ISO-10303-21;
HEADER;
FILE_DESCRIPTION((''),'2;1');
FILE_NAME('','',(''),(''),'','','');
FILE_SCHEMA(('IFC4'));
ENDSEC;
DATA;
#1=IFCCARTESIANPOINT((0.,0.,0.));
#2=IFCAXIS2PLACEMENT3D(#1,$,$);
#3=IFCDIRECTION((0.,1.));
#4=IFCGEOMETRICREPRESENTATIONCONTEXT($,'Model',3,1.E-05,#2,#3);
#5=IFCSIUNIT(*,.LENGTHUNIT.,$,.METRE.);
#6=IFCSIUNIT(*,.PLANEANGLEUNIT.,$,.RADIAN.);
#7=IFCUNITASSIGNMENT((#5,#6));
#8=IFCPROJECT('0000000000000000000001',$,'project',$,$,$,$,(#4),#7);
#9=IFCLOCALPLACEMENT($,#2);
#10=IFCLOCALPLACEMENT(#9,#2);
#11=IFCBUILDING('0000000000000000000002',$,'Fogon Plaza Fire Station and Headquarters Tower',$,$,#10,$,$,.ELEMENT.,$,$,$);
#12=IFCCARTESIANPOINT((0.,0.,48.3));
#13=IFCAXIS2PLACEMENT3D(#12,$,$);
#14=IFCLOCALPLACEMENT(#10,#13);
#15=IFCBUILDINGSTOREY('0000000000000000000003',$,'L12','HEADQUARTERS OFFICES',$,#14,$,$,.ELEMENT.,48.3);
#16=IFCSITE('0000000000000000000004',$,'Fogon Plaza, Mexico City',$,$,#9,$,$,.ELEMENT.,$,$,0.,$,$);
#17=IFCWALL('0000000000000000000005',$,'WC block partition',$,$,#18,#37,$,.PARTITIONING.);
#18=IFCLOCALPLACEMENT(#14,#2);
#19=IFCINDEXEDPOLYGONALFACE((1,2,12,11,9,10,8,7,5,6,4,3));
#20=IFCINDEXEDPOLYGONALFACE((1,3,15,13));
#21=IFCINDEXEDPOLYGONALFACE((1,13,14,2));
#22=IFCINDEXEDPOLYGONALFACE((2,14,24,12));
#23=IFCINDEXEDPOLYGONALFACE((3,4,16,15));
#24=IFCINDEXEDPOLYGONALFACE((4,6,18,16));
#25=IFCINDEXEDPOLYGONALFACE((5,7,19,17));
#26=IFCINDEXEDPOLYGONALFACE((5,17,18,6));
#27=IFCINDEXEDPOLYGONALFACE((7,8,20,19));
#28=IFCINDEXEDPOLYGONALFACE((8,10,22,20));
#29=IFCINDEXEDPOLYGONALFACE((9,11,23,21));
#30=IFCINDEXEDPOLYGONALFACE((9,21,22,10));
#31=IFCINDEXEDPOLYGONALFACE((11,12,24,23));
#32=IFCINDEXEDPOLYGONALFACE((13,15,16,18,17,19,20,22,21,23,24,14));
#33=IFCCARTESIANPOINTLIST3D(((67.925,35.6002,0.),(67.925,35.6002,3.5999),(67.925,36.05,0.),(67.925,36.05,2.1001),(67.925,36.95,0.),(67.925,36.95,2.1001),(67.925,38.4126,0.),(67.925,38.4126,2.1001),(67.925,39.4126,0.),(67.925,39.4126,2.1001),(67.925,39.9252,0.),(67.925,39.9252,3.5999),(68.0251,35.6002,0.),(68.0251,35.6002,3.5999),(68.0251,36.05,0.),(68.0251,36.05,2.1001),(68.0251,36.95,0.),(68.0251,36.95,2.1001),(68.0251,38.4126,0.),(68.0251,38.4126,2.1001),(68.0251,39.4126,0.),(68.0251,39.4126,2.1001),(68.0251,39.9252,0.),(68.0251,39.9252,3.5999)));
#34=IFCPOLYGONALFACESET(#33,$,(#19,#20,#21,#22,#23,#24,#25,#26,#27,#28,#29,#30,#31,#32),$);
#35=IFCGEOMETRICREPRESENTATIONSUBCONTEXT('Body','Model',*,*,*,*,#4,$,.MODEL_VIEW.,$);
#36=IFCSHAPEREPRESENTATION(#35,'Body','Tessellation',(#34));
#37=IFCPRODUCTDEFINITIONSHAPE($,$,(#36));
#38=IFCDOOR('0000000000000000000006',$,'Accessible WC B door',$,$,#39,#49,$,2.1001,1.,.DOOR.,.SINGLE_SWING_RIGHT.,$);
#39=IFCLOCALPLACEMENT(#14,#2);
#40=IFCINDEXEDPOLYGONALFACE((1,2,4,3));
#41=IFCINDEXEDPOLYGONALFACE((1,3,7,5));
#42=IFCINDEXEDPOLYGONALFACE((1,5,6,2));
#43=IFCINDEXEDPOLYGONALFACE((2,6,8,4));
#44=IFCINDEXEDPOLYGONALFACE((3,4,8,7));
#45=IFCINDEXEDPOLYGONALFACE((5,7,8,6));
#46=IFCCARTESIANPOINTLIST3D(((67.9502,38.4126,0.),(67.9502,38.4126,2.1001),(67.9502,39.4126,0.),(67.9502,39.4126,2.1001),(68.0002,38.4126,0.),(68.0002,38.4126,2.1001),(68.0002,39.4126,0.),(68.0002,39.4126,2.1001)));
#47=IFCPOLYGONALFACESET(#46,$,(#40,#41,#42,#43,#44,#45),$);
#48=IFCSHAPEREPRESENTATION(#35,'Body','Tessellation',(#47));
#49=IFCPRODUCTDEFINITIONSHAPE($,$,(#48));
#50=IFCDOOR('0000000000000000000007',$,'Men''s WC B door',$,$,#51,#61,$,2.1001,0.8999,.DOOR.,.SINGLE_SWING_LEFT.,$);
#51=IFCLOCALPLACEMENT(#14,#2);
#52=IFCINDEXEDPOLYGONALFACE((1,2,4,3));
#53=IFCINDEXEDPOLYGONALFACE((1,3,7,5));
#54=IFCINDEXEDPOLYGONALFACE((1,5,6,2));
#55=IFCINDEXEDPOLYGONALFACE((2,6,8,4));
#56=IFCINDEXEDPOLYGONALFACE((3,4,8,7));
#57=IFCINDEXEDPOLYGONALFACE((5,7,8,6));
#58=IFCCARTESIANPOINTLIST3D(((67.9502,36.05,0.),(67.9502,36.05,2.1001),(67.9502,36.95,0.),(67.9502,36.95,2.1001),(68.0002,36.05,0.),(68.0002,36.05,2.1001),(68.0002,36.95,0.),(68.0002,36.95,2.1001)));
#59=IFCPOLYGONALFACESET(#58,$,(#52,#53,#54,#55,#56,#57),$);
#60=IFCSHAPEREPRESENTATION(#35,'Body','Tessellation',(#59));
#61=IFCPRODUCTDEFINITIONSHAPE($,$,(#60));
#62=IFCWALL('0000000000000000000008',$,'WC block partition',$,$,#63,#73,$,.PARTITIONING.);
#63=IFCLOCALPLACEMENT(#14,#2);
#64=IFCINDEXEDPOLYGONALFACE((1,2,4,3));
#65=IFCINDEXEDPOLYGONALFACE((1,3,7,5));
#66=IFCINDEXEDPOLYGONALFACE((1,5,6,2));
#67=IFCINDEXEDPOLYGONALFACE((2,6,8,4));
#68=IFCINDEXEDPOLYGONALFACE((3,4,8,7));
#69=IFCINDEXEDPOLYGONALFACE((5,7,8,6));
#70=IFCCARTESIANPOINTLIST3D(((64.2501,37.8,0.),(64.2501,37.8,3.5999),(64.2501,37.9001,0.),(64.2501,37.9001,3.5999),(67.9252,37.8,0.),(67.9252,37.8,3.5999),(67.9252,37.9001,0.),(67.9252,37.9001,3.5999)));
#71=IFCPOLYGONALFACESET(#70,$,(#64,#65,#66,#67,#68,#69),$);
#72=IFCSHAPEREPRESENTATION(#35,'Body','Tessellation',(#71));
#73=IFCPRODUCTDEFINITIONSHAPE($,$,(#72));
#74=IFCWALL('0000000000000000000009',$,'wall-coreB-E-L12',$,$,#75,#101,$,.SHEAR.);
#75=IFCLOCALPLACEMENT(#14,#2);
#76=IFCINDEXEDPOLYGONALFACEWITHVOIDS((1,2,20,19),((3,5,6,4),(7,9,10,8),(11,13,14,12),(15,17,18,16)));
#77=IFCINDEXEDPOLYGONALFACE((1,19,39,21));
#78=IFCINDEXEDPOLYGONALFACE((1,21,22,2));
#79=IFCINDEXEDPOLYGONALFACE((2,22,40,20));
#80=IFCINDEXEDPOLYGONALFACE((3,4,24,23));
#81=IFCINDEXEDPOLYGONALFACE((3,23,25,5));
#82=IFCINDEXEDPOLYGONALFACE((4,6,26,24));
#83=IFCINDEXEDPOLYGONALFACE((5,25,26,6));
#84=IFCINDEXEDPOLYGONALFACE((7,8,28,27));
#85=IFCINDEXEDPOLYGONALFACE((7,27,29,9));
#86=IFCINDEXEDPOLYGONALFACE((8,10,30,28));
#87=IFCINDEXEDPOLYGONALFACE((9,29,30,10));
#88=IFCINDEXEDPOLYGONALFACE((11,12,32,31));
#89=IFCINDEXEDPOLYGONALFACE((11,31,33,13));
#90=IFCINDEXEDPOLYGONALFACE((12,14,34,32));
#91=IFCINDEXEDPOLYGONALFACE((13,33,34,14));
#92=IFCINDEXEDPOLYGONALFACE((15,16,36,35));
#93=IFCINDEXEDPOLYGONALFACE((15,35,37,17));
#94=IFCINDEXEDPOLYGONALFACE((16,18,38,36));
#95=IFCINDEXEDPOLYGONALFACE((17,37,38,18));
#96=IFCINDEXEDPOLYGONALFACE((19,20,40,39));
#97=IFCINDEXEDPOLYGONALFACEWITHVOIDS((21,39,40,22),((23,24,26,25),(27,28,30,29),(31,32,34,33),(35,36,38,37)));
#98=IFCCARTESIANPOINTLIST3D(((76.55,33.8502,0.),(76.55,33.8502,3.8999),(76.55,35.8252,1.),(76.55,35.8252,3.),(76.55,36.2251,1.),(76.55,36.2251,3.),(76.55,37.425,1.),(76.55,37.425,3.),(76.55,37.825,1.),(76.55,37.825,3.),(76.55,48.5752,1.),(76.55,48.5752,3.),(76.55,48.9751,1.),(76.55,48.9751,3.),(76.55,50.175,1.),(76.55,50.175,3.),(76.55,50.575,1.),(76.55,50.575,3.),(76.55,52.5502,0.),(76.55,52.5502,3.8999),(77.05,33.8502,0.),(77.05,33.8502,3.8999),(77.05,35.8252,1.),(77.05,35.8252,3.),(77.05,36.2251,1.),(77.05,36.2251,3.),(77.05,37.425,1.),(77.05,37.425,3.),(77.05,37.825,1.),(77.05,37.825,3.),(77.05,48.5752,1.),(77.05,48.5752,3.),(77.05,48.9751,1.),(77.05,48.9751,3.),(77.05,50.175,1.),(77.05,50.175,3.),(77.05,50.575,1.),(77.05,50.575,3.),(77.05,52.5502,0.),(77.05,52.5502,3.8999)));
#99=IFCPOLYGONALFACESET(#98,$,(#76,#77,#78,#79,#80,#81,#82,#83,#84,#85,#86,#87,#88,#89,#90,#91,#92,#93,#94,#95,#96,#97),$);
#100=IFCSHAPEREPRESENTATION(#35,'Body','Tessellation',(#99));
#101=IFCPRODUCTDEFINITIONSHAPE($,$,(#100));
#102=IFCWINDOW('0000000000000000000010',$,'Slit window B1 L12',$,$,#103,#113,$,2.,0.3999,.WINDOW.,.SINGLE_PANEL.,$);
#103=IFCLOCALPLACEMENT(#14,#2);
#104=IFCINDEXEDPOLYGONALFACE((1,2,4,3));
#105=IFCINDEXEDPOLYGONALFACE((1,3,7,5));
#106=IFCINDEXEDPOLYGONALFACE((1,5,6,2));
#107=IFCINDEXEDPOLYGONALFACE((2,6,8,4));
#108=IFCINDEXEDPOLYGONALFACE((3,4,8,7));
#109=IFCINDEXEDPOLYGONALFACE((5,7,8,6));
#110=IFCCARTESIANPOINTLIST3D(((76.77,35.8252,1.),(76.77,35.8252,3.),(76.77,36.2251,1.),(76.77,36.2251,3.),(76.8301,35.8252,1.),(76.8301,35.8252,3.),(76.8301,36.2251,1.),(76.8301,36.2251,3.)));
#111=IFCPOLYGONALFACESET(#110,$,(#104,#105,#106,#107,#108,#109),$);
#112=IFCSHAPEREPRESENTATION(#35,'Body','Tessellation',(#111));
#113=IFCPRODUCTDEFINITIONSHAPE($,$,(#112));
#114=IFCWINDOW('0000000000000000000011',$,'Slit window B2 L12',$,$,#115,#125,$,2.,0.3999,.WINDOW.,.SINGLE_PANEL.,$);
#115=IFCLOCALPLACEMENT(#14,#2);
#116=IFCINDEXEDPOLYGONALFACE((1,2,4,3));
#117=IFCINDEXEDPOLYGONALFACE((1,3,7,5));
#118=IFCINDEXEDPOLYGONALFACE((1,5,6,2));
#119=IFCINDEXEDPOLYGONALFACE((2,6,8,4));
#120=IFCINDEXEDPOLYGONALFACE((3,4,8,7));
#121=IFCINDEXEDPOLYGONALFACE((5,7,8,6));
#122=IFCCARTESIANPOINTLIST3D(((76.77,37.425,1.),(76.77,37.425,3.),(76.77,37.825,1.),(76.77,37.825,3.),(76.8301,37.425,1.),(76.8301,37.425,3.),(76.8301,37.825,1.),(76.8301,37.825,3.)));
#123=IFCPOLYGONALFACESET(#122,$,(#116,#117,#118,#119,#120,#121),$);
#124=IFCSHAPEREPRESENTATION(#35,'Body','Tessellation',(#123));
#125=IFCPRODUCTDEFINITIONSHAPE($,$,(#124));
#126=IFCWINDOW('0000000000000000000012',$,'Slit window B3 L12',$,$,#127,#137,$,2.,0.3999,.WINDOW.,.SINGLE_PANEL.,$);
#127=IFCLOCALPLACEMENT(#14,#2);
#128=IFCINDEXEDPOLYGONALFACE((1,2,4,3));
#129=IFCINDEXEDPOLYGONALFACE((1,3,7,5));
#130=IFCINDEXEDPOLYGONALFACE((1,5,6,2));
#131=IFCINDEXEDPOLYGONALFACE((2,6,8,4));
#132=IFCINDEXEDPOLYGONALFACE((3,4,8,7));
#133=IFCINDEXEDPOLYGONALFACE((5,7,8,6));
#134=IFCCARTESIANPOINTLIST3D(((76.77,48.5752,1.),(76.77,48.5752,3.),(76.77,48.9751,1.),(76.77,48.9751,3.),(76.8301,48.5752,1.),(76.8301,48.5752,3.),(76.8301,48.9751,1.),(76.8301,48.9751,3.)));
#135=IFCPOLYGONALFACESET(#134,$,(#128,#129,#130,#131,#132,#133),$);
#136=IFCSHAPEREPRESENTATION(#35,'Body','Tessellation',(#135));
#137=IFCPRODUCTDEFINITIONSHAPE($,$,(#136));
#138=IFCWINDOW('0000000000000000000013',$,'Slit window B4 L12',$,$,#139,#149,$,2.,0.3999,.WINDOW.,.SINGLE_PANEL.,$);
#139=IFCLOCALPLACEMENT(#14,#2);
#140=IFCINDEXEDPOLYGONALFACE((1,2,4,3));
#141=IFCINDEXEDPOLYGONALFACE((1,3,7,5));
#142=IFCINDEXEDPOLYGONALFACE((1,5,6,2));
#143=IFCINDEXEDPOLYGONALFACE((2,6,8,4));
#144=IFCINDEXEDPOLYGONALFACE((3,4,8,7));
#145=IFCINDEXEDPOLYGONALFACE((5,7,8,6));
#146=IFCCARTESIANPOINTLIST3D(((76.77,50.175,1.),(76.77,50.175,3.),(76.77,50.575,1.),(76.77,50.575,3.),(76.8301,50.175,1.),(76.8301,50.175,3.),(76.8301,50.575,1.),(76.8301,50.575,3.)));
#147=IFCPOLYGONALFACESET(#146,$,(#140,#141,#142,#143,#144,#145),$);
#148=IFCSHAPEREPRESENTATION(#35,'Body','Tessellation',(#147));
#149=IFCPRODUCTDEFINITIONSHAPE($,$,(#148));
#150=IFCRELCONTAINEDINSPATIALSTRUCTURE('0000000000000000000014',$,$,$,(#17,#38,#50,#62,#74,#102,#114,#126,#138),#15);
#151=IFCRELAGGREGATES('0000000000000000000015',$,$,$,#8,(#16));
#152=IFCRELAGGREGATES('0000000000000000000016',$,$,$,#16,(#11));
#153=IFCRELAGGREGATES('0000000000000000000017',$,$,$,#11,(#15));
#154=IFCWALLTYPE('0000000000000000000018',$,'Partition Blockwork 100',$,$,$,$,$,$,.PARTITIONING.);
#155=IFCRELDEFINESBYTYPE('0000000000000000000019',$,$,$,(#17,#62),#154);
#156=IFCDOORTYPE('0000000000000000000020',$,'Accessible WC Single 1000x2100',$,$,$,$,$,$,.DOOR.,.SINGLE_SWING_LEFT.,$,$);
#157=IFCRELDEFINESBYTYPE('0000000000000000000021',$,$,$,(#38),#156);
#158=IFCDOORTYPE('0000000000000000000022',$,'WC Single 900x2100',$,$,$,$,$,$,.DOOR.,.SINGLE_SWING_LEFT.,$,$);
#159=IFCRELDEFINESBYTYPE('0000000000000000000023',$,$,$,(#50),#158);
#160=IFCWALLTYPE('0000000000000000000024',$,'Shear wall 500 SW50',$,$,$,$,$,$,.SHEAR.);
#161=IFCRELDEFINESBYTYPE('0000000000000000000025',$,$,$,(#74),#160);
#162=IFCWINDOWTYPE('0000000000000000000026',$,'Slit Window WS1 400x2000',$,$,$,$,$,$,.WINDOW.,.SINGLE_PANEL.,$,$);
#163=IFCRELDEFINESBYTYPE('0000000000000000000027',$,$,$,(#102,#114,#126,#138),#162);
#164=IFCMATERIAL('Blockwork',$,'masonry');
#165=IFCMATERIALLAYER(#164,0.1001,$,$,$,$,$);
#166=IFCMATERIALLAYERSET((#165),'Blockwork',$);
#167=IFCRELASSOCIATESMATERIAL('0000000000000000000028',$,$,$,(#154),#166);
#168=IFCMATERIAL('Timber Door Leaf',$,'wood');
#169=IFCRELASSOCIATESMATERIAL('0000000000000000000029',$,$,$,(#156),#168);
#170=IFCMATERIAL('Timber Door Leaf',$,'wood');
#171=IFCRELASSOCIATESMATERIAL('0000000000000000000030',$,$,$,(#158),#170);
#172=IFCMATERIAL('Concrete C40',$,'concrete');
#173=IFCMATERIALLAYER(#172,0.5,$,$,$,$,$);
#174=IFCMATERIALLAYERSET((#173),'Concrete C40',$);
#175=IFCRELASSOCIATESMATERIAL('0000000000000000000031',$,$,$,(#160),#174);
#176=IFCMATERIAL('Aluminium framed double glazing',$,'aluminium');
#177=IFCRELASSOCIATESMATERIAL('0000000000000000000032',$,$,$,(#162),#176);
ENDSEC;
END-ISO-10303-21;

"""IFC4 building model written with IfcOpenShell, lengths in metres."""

from ifc_helpers import new_model, si_unit, direction, frame, frame_2d, origin, place, context, subcontext, project, spatial, rectangle, extrude, material, layer, layer_set, type_object, element, fill, save


model = new_model("IFC4")

# Units and contexts
model_context = context("Model", 3, precision=1e-05, world=origin(), true_north=direction((0.0, 1.0)))
body_context = subcontext(model_context, "Body", "Model", "MODEL_VIEW")
ifc_project = project(units=[si_unit("LENGTHUNIT", "METRE"), si_unit("PLANEANGLEUNIT", "RADIAN")], contexts=[model_context])

# Site, building, storey
site_placement = place(None, origin())
site = spatial("IfcSite", under=ifc_project, at=site_placement, Name="Fogon Plaza, Mexico City", CompositionType="ELEMENT", RefElevation=0.0)
building_placement = place(site_placement, origin())
building = spatial("IfcBuilding", under=site, at=building_placement, Name="Fogon Plaza Fire Station and Headquarters Tower", CompositionType="ELEMENT")
storey_placement = place(building_placement, frame((0.0, 0.0, 48.3)))
storey = spatial("IfcBuildingStorey", under=building, at=storey_placement, Name="L12", Description="HEADQUARTERS OFFICES", CompositionType="ELEMENT", Elevation=48.3)

# Shared definitions
ifc_material_1 = material(Name="Blockwork", Category="masonry")
ifc_layer_1 = layer(ifc_material_1, 0.1001)
ifc_layer_set_1 = layer_set([ifc_layer_1], Name="Blockwork")
wall_type_1 = type_object("IfcWallType", Name="Partition Blockwork 100", PredefinedType="PARTITIONING", material=ifc_layer_set_1)

# Wall, openings, doors
wall_1_placement = place(storey_placement, frame((67.9751, 35.6001, 0.0), z_axis=(0.0, 0.0, 1.0), x_axis=(0.0, 1.0, 0.0)))
wall_1 = element("IfcWall", 1, at=wall_1_placement, inside=storey, type_object=wall_type_1, Name="WC block partition", PredefinedType="PARTITIONING", context=body_context, shape_type="SweptSolid", body=[
    extrude(rectangle(XDim=4.325, YDim=0.1001, at=frame_2d((2.1626, 0.0))), origin(), (0.0, 0.0, 1.0), 3.5999),
])
opening_1_placement = place(wall_1_placement, frame((0.45, 0.0, 0.0)))
opening_1 = element("IfcOpeningElement", 2, at=opening_1_placement, cuts=wall_1, PredefinedType="OPENING", context=body_context, shape_type="SweptSolid", body=[
    extrude(rectangle(XDim=0.8999, YDim=2.1001, at=frame_2d((0.45, 1.05))), frame((0.0, 0.0601, 0.0), z_axis=(0.0, -1.0, 0.0), x_axis=(1.0, 0.0, 0.0)), (0.0, 0.0, 1.0), 0.1201),
])
opening_2_placement = place(wall_1_placement, frame((2.8125, 0.0, 0.0)))
opening_2 = element("IfcOpeningElement", 3, at=opening_2_placement, cuts=wall_1, PredefinedType="OPENING", context=body_context, shape_type="SweptSolid", body=[
    extrude(rectangle(XDim=1.0, YDim=2.1001, at=frame_2d((0.5, 1.05))), frame((0.0, 0.0601, 0.0), z_axis=(0.0, -1.0, 0.0), x_axis=(1.0, 0.0, 0.0)), (0.0, 0.0, 1.0), 0.1201),
])
ifc_material_2 = material(Name="Timber Door Leaf", Category="wood")
door_type_1 = type_object("IfcDoorType", Name="Accessible WC Single 1000x2100", OperationType="SINGLE_SWING_LEFT", PredefinedType="DOOR", material=ifc_material_2)
door_1_placement = place(opening_2_placement, origin())
door_1 = element("IfcDoor", 4, at=door_1_placement, inside=storey, type_object=door_type_1, Name="Accessible WC B door", OperationType="SINGLE_SWING_RIGHT", OverallHeight=2.1001, OverallWidth=1.0, PredefinedType="DOOR", context=body_context, shape_type="SweptSolid", body=[
    extrude(rectangle(XDim=1.0, YDim=2.1001, at=frame_2d((0.5, 1.05))), frame((0.0, 0.0249, 0.0), z_axis=(0.0, -1.0, 0.0), x_axis=(1.0, 0.0, 0.0)), (0.0, 0.0, 1.0), 0.05),
])
fill(opening_2, door_1)
ifc_material_3 = material(Name="Timber Door Leaf", Category="wood")
door_type_2 = type_object("IfcDoorType", Name="WC Single 900x2100", OperationType="SINGLE_SWING_LEFT", PredefinedType="DOOR", material=ifc_material_3)
door_2_placement = place(opening_1_placement, origin())
door_2 = element("IfcDoor", 5, at=door_2_placement, inside=storey, type_object=door_type_2, Name="Men's WC B door", OperationType="SINGLE_SWING_LEFT", OverallHeight=2.1001, OverallWidth=0.8999, PredefinedType="DOOR", context=body_context, shape_type="SweptSolid", body=[
    extrude(rectangle(XDim=0.8999, YDim=2.1001, at=frame_2d((0.45, 1.05))), frame((0.0, 0.0249, 0.0), z_axis=(0.0, -1.0, 0.0), x_axis=(1.0, 0.0, 0.0)), (0.0, 0.0, 1.0), 0.05),
])
fill(opening_1, door_2)

# Wall
wall_2_placement = place(storey_placement, frame((67.925, 37.8501, 0.0), z_axis=(0.0, 0.0, 1.0), x_axis=(-1.0, 0.0, 0.0)))
element("IfcWall", 6, at=wall_2_placement, inside=storey, type_object=wall_type_1, Name="WC block partition", PredefinedType="PARTITIONING", context=body_context, shape_type="SweptSolid", body=[
    extrude(rectangle(XDim=3.675, YDim=0.1001, at=frame_2d((1.8374, 0.0))), origin(), (0.0, 0.0, 1.0), 3.5999),
])

# Wall, openings, windows
ifc_material_4 = material(Name="Concrete C40", Category="concrete")
ifc_layer_2 = layer(ifc_material_4, 0.5)
ifc_layer_set_2 = layer_set([ifc_layer_2], Name="Concrete C40")
wall_type_2 = type_object("IfcWallType", Name="Shear wall 500 SW50", PredefinedType="SHEAR", material=ifc_layer_set_2)
wall_3_placement = place(storey_placement, frame((76.8, 33.8501, 0.0), z_axis=(0.0, 0.0, 1.0), x_axis=(0.0, 1.0, 0.0)))
wall_3 = element("IfcWall", 7, at=wall_3_placement, inside=storey, type_object=wall_type_2, Name="wall-coreB-E-L12", PredefinedType="SHEAR", context=body_context, shape_type="SweptSolid", body=[
    extrude(rectangle(XDim=18.7, YDim=0.5, at=frame_2d((9.3501, 0.0))), origin(), (0.0, 0.0, 1.0), 3.8999),
])
opening_3_placement = place(wall_3_placement, frame((1.9751, 0.0, 1.0)))
opening_3 = element("IfcOpeningElement", 8, at=opening_3_placement, cuts=wall_3, PredefinedType="OPENING", context=body_context, shape_type="SweptSolid", body=[
    extrude(rectangle(XDim=0.3999, YDim=2.0, at=frame_2d((0.2, 1.0))), frame((0.0, 0.26, 0.0), z_axis=(0.0, -1.0, 0.0), x_axis=(1.0, 0.0, 0.0)), (0.0, 0.0, 1.0), 0.52),
])
opening_4_placement = place(wall_3_placement, frame((3.575, 0.0, 1.0)))
opening_4 = element("IfcOpeningElement", 9, at=opening_4_placement, cuts=wall_3, PredefinedType="OPENING", context=body_context, shape_type="SweptSolid", body=[
    extrude(rectangle(XDim=0.3999, YDim=2.0, at=frame_2d((0.2, 1.0))), frame((0.0, 0.26, 0.0), z_axis=(0.0, -1.0, 0.0), x_axis=(1.0, 0.0, 0.0)), (0.0, 0.0, 1.0), 0.52),
])
opening_5_placement = place(wall_3_placement, frame((14.7251, 0.0, 1.0)))
opening_5 = element("IfcOpeningElement", 10, at=opening_5_placement, cuts=wall_3, PredefinedType="OPENING", context=body_context, shape_type="SweptSolid", body=[
    extrude(rectangle(XDim=0.3999, YDim=2.0, at=frame_2d((0.2, 1.0))), frame((0.0, 0.26, 0.0), z_axis=(0.0, -1.0, 0.0), x_axis=(1.0, 0.0, 0.0)), (0.0, 0.0, 1.0), 0.52),
])
opening_6_placement = place(wall_3_placement, frame((16.325, 0.0, 1.0)))
opening_6 = element("IfcOpeningElement", 11, at=opening_6_placement, cuts=wall_3, PredefinedType="OPENING", context=body_context, shape_type="SweptSolid", body=[
    extrude(rectangle(XDim=0.3999, YDim=2.0, at=frame_2d((0.2, 1.0))), frame((0.0, 0.26, 0.0), z_axis=(0.0, -1.0, 0.0), x_axis=(1.0, 0.0, 0.0)), (0.0, 0.0, 1.0), 0.52),
])
ifc_material_5 = material(Name="Aluminium framed double glazing", Category="aluminium")
window_type = type_object("IfcWindowType", Name="Slit Window WS1 400x2000", PartitioningType="SINGLE_PANEL", PredefinedType="WINDOW", material=ifc_material_5)
window_1_placement = place(opening_3_placement, origin())
window_1 = element("IfcWindow", 12, at=window_1_placement, inside=storey, type_object=window_type, Name="Slit window B1 L12", OverallHeight=2.0, OverallWidth=0.3999, PartitioningType="SINGLE_PANEL", PredefinedType="WINDOW", context=body_context, shape_type="SweptSolid", body=[
    extrude(rectangle(XDim=0.3999, YDim=2.0, at=frame_2d((0.2, 1.0))), frame((0.0, 0.03, 0.0), z_axis=(0.0, -1.0, 0.0), x_axis=(1.0, 0.0, 0.0)), (0.0, 0.0, 1.0), 0.0601),
])
fill(opening_3, window_1)
window_2_placement = place(opening_4_placement, origin())
window_2 = element("IfcWindow", 13, at=window_2_placement, inside=storey, type_object=window_type, Name="Slit window B2 L12", OverallHeight=2.0, OverallWidth=0.3999, PartitioningType="SINGLE_PANEL", PredefinedType="WINDOW", context=body_context, shape_type="SweptSolid", body=[
    extrude(rectangle(XDim=0.3999, YDim=2.0, at=frame_2d((0.2, 1.0))), frame((0.0, 0.03, 0.0), z_axis=(0.0, -1.0, 0.0), x_axis=(1.0, 0.0, 0.0)), (0.0, 0.0, 1.0), 0.0601),
])
fill(opening_4, window_2)
window_3_placement = place(opening_5_placement, origin())
window_3 = element("IfcWindow", 14, at=window_3_placement, inside=storey, type_object=window_type, Name="Slit window B3 L12", OverallHeight=2.0, OverallWidth=0.3999, PartitioningType="SINGLE_PANEL", PredefinedType="WINDOW", context=body_context, shape_type="SweptSolid", body=[
    extrude(rectangle(XDim=0.3999, YDim=2.0, at=frame_2d((0.2, 1.0))), frame((0.0, 0.03, 0.0), z_axis=(0.0, -1.0, 0.0), x_axis=(1.0, 0.0, 0.0)), (0.0, 0.0, 1.0), 0.0601),
])
fill(opening_5, window_3)
window_4_placement = place(opening_6_placement, origin())
window_4 = element("IfcWindow", 15, at=window_4_placement, inside=storey, type_object=window_type, Name="Slit window B4 L12", OverallHeight=2.0, OverallWidth=0.3999, PartitioningType="SINGLE_PANEL", PredefinedType="WINDOW", context=body_context, shape_type="SweptSolid", body=[
    extrude(rectangle(XDim=0.3999, YDim=2.0, at=frame_2d((0.2, 1.0))), frame((0.0, 0.03, 0.0), z_axis=(0.0, -1.0, 0.0), x_axis=(1.0, 0.0, 0.0)), (0.0, 0.0, 1.0), 0.0601),
])
fill(opening_6, window_4)

save(model, "model.ifc")
